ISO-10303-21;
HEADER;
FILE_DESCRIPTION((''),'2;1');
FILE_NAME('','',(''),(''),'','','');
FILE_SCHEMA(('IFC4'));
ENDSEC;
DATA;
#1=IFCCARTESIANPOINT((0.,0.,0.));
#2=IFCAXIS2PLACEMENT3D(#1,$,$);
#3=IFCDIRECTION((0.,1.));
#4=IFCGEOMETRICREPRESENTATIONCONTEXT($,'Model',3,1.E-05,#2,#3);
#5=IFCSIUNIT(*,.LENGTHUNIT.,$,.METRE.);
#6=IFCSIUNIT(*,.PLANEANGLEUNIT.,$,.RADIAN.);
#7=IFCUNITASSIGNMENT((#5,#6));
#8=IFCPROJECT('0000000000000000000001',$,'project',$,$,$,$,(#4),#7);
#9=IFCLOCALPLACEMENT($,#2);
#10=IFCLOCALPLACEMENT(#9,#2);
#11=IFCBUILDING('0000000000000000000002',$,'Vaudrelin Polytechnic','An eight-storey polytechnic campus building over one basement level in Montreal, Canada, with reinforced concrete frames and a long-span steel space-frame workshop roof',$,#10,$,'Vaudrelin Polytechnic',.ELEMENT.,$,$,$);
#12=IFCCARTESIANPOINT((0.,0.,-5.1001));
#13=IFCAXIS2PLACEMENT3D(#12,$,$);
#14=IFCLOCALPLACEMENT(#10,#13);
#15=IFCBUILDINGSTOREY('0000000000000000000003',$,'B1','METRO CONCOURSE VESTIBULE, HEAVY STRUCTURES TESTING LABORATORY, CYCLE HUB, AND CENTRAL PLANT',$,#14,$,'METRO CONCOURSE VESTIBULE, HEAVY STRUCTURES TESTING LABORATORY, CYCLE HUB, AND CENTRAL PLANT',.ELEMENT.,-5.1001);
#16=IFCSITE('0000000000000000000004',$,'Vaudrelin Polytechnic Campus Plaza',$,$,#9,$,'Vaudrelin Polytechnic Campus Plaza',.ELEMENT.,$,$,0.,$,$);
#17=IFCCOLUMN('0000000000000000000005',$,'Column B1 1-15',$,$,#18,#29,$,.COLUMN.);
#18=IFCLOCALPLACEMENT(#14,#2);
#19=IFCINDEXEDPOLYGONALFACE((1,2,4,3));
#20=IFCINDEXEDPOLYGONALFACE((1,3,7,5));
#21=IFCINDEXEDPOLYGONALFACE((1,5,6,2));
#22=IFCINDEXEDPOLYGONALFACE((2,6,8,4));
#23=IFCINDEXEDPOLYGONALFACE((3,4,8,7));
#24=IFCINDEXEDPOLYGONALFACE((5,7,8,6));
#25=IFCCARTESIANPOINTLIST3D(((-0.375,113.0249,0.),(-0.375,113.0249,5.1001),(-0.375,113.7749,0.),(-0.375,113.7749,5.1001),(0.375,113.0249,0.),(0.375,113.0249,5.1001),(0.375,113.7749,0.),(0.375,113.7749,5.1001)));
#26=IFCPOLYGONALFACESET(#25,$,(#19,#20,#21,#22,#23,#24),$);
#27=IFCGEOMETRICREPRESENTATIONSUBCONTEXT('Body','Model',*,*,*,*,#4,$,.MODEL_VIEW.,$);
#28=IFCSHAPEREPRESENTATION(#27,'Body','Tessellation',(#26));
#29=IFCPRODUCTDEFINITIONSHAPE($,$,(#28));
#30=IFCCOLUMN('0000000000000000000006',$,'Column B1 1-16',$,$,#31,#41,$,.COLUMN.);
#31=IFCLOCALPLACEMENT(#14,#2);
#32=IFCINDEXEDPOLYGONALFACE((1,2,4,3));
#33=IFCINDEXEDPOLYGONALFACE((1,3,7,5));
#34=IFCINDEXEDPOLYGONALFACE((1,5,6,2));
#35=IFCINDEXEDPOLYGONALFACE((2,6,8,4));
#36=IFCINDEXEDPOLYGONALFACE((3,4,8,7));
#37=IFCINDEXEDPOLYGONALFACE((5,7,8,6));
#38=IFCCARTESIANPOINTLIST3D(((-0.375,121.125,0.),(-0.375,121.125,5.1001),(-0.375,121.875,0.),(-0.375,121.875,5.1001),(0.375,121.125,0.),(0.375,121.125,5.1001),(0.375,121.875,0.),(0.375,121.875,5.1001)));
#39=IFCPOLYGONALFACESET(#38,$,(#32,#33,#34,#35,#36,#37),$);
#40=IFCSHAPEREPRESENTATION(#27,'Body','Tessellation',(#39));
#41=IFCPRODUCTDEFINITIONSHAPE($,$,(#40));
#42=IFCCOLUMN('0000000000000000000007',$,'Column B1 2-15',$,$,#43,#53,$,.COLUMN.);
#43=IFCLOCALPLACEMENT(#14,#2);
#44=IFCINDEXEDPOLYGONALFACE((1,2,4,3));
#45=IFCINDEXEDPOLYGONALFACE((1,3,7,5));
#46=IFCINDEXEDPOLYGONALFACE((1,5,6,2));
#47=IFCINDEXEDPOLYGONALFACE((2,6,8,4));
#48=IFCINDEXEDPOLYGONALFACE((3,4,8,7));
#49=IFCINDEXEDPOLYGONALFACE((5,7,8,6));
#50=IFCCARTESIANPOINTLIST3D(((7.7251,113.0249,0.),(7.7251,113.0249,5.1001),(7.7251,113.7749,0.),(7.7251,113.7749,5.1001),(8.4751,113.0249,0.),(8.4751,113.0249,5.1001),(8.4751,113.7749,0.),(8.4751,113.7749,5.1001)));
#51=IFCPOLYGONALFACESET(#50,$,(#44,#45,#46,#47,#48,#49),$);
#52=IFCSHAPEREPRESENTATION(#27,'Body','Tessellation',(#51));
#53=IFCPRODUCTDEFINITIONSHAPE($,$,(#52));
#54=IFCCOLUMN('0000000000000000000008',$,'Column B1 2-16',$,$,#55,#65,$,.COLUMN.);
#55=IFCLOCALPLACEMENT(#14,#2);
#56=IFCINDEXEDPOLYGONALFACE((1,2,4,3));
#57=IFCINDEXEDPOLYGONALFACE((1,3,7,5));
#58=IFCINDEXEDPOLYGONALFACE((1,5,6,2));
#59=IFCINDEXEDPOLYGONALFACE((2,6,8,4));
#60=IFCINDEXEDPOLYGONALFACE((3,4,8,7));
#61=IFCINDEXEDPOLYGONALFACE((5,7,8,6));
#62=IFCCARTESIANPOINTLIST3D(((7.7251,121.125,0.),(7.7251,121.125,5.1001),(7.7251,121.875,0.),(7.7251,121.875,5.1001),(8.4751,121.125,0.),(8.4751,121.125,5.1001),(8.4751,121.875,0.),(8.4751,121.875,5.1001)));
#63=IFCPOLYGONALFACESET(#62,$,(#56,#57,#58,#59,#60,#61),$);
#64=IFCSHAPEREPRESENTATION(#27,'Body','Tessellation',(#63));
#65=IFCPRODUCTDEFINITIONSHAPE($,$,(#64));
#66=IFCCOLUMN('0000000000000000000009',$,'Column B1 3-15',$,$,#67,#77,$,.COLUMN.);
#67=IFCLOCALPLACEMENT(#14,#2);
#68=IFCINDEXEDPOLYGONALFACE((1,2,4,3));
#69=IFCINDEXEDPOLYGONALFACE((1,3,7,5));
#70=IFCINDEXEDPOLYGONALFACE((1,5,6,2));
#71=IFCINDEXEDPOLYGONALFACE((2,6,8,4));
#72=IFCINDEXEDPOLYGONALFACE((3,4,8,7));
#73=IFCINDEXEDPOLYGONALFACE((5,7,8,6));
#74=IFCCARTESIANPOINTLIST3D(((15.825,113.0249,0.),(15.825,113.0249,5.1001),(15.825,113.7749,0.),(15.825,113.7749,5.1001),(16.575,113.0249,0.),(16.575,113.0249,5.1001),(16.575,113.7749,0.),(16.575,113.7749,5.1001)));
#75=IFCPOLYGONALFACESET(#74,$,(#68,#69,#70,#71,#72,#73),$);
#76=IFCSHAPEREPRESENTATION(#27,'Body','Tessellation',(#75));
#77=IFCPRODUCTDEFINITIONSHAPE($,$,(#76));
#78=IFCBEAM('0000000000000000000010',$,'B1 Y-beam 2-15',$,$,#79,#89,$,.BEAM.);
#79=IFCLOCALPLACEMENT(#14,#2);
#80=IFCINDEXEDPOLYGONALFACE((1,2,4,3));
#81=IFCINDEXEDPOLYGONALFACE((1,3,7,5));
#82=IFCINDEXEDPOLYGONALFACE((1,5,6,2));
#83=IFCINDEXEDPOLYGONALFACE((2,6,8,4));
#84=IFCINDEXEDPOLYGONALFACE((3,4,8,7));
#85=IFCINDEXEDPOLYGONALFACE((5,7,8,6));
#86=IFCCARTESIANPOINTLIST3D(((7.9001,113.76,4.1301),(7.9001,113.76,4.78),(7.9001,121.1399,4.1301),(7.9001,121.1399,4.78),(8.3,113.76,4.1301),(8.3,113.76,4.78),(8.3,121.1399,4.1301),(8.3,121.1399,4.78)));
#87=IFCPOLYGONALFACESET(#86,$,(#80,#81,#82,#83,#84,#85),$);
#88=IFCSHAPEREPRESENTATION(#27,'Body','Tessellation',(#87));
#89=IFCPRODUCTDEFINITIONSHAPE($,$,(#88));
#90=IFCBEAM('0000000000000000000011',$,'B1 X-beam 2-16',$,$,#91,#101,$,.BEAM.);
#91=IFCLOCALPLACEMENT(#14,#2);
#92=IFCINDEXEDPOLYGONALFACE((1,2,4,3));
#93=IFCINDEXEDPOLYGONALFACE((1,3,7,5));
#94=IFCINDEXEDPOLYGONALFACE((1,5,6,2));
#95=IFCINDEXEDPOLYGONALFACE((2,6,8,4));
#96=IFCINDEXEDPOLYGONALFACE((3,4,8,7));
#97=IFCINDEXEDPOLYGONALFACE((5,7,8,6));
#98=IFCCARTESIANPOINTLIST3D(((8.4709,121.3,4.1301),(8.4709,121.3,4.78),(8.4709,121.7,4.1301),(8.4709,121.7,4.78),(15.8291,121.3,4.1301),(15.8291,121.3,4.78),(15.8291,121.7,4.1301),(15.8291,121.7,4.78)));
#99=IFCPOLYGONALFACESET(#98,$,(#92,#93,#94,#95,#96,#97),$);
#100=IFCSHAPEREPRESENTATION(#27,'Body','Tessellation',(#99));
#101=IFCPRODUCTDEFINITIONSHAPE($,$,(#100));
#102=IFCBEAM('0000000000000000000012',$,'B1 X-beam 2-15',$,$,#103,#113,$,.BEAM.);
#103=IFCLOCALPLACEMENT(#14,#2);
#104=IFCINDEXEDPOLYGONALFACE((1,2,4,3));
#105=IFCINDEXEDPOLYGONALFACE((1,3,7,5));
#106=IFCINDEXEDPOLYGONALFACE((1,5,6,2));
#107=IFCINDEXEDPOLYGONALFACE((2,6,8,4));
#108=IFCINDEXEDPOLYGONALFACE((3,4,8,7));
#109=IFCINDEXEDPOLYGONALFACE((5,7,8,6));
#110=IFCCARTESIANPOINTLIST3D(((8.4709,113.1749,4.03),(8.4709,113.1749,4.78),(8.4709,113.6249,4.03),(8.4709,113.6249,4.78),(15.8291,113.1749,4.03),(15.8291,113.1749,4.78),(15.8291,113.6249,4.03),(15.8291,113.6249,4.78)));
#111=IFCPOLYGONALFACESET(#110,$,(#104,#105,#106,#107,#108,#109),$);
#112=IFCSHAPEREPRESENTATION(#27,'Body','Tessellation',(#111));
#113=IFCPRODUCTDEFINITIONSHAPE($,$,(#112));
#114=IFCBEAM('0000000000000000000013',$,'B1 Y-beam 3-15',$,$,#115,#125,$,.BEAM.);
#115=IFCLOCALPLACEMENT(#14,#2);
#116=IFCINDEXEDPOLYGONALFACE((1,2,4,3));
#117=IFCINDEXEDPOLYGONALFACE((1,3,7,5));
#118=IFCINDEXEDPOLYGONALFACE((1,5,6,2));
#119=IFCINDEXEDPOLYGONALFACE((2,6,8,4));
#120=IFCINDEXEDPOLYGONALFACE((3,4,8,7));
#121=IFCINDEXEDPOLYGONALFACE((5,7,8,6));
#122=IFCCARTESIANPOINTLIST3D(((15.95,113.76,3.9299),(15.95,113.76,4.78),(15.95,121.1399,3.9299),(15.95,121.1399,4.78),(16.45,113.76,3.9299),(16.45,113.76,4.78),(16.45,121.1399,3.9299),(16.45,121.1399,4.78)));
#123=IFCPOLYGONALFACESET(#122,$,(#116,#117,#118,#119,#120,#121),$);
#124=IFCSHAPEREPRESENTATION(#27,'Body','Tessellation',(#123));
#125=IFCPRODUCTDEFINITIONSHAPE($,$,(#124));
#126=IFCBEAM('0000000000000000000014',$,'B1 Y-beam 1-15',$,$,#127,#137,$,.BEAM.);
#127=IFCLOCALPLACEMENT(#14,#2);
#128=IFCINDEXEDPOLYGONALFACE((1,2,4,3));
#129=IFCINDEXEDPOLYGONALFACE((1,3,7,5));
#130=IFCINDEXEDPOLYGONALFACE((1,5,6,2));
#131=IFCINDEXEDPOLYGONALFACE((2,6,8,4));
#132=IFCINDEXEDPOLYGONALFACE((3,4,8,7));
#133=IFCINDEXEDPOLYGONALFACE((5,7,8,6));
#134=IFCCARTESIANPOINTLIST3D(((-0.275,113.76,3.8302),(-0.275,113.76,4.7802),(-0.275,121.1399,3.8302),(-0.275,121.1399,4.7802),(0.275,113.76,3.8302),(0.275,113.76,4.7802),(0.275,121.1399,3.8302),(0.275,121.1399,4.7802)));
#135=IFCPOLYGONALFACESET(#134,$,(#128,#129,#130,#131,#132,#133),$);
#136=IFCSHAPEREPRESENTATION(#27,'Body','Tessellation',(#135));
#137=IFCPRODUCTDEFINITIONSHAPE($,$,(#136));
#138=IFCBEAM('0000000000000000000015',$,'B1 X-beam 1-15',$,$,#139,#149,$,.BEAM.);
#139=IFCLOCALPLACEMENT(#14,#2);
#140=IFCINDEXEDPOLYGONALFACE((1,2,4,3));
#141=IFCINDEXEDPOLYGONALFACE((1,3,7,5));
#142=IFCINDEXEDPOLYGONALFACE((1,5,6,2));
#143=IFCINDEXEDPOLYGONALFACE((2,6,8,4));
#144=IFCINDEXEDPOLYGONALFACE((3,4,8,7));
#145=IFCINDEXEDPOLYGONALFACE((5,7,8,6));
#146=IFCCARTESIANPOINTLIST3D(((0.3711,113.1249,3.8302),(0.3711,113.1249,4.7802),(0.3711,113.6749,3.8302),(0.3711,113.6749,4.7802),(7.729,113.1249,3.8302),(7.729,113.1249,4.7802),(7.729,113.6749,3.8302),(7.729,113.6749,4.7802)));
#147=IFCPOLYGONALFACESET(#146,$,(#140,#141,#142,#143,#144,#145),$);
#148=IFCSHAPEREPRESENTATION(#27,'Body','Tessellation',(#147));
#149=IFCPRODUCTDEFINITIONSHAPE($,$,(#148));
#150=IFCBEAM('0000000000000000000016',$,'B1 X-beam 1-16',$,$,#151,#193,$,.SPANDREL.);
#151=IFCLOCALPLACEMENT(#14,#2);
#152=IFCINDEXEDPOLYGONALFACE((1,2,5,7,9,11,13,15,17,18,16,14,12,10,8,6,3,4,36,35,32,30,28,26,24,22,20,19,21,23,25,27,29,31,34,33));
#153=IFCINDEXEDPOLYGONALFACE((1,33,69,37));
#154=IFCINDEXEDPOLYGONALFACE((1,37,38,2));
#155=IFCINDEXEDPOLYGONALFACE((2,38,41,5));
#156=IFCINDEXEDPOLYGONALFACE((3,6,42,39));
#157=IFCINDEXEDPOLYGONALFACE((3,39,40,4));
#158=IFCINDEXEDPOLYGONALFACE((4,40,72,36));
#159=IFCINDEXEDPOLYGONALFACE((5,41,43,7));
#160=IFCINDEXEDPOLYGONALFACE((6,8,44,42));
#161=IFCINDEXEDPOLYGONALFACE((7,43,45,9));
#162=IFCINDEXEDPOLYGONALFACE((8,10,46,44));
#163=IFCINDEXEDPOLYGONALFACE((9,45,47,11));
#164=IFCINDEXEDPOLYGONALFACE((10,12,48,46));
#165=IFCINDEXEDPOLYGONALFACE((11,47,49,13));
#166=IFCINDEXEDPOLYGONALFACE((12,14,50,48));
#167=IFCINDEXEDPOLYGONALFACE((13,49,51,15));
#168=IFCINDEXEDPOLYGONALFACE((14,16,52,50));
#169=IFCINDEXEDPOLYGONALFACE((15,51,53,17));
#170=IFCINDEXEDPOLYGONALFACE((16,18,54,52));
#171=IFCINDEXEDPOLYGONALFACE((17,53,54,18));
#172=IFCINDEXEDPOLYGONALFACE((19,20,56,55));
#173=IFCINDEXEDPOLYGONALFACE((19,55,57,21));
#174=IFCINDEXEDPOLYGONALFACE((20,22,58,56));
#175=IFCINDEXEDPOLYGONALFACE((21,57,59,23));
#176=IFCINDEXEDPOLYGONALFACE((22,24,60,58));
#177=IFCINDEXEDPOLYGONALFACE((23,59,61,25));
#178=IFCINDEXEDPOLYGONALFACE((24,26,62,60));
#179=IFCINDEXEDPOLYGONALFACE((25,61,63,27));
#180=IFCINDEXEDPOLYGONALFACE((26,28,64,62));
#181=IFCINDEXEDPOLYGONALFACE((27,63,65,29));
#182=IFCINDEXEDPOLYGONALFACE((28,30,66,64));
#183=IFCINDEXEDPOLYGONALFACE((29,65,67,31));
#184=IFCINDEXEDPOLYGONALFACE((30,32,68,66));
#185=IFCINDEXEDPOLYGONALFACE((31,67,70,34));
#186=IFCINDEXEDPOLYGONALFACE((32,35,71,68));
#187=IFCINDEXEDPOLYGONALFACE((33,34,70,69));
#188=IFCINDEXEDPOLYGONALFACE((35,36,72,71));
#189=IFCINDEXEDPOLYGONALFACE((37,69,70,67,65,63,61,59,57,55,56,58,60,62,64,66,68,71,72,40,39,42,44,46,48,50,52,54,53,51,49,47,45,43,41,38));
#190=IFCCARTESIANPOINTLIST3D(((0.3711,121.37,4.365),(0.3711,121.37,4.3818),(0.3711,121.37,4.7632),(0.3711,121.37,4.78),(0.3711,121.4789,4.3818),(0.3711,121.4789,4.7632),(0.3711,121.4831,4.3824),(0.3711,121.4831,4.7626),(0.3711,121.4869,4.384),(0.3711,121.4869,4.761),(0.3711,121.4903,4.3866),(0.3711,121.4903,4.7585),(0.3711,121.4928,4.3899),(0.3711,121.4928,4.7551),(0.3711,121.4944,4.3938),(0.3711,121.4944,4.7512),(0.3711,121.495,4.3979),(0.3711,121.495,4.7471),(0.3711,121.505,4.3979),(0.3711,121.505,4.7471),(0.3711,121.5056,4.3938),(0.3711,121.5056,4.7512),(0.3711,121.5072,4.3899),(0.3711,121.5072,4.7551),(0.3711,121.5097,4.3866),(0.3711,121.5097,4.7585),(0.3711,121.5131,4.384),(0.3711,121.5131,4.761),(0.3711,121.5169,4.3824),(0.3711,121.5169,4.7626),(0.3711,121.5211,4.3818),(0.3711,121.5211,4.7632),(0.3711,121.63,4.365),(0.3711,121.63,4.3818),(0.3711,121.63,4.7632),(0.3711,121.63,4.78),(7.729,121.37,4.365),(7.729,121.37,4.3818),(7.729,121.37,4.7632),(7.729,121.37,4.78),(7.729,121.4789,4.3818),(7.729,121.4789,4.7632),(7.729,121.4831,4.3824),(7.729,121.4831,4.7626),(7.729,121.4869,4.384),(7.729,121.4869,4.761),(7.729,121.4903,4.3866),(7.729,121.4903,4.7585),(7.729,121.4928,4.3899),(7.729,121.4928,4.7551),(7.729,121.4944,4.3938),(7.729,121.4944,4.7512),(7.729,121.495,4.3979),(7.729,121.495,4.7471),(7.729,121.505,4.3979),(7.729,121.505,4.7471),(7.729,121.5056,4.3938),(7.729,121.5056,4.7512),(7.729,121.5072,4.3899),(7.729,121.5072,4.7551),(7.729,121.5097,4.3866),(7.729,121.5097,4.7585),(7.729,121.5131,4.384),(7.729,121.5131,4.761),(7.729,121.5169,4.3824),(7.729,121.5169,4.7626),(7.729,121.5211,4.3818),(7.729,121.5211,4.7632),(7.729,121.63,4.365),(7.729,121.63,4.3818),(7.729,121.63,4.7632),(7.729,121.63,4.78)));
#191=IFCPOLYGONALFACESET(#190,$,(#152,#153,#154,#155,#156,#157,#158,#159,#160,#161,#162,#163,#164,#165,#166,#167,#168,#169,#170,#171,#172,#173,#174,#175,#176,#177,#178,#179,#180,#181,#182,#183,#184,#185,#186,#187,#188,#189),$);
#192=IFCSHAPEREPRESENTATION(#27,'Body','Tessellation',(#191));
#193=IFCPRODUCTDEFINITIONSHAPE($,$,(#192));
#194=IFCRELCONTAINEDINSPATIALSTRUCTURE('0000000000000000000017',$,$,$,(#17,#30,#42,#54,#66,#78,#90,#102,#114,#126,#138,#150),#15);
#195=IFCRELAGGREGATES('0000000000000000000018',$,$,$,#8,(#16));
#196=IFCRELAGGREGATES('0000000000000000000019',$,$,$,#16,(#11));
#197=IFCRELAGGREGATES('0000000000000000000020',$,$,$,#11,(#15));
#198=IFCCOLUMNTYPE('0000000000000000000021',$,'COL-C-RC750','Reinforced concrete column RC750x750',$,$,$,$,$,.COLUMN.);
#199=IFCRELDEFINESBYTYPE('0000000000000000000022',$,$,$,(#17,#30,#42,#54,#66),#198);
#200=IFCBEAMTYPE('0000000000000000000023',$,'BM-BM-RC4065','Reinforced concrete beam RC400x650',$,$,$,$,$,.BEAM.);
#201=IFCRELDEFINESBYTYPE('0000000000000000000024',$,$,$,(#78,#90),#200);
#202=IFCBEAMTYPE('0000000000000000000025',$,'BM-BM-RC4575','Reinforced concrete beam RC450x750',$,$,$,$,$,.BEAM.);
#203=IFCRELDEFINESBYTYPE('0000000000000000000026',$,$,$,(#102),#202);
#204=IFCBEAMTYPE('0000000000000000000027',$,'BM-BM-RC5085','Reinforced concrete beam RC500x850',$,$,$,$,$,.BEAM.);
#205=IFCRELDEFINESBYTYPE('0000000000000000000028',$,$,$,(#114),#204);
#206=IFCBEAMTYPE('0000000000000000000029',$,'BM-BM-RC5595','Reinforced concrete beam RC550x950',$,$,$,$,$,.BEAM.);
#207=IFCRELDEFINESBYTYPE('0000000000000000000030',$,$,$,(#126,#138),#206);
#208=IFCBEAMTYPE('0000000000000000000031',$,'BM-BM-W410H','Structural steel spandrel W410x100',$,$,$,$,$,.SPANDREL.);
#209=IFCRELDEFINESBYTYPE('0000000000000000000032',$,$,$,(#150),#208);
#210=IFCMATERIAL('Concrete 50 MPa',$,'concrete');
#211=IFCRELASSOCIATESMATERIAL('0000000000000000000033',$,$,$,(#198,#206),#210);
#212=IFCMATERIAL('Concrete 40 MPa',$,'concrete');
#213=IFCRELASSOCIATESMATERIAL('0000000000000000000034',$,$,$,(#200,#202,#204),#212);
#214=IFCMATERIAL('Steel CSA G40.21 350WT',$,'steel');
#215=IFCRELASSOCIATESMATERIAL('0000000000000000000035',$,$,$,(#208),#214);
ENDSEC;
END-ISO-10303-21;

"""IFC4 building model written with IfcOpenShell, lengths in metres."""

from ifc_helpers import new_model, si_unit, direction, frame, origin, origin_2d, place, context, subcontext, project, spatial, rectangle, i_section, extrude, material, material_profile, profile_set, type_object, element, save


model = new_model("IFC4")

# Units and contexts
model_context = context("Model", 3, precision=1e-05, world=origin(), true_north=direction((0.0, 1.0)))
body_context = subcontext(model_context, "Body", "Model", "MODEL_VIEW")
ifc_project = project(units=[si_unit("LENGTHUNIT", "METRE"), si_unit("PLANEANGLEUNIT", "RADIAN")], contexts=[model_context])

# Site, building, storey
site_placement = place(None, origin())
site = spatial("IfcSite", under=ifc_project, at=site_placement, Name="Vaudrelin Polytechnic Campus Plaza", LongName="Vaudrelin Polytechnic Campus Plaza", CompositionType="ELEMENT", RefElevation=0.0)
building_placement = place(site_placement, origin())
building = spatial("IfcBuilding", under=site, at=building_placement, Name="Vaudrelin Polytechnic", Description="An eight-storey polytechnic campus building over one basement level in Montreal, Canada, with reinforced concrete frames and a long-span steel space-frame workshop roof", LongName="Vaudrelin Polytechnic", CompositionType="ELEMENT")
storey_placement = place(building_placement, frame((0.0, 0.0, -5.1001)))
storey = spatial("IfcBuildingStorey", under=building, at=storey_placement, Name="B1", Description="METRO CONCOURSE VESTIBULE, HEAVY STRUCTURES TESTING LABORATORY, CYCLE HUB, AND CENTRAL PLANT", LongName="METRO CONCOURSE VESTIBULE, HEAVY STRUCTURES TESTING LABORATORY, CYCLE HUB, AND CENTRAL PLANT", CompositionType="ELEMENT", Elevation=-5.1001)

# Shared definitions
ifc_material_1 = material(Name="Concrete 40 MPa", Category="concrete")

# Columns
ifc_material_2 = material(Name="Concrete 50 MPa", Category="concrete")
ifc_material_profile_1 = material_profile(ifc_material_2, rectangle(XDim=0.75, YDim=0.75, at=origin_2d()), Name="RC750x750")
ifc_profile_set_1 = profile_set([ifc_material_profile_1], Name="Concrete 50 MPa")
column_type = type_object("IfcColumnType", Name="COL-C-RC750", Description="Reinforced concrete column RC750x750", PredefinedType="COLUMN", material=ifc_profile_set_1)
for number, where, z_axis, x_axis, name in (
    (1, (0.0, 113.3999, 0.0), (0.0, 0.0, 1.0), (1.0, 0.0, 0.0), "Column B1 1-15"),
    (2, (0.0, 121.5, 0.0), (0.0, 0.0, 1.0), (1.0, 0.0, 0.0), "Column B1 1-16"),
    (3, (8.1001, 113.3999, 0.0), (0.0, 0.0, 1.0), (1.0, 0.0, 0.0), "Column B1 2-15"),
    (4, (8.1001, 121.5, 0.0), (0.0, 0.0, 1.0), (1.0, 0.0, 0.0), "Column B1 2-16"),
    (5, (16.2, 113.3999, 0.0), (0.0, 0.0, 1.0), (1.0, 0.0, 0.0), "Column B1 3-15"),
):
    element("IfcColumn", number, at=place(storey_placement, frame(where, z_axis=z_axis, x_axis=x_axis)), inside=storey, type_object=column_type, Name=name, PredefinedType="COLUMN", context=body_context, shape_type="SweptSolid", body=[
        extrude(rectangle(XDim=0.75, YDim=0.75, at=origin_2d()), origin(), (0.0, 0.0, 1.0), 5.1001),
    ])

# Beams
ifc_material_profile_2 = material_profile(ifc_material_1, rectangle(XDim=0.3999, YDim=0.6499, at=origin_2d()), Name="RC400x650")
ifc_profile_set_2 = profile_set([ifc_material_profile_2], Name="Concrete 40 MPa")
beam_type_1 = type_object("IfcBeamType", Name="BM-BM-RC4065", Description="Reinforced concrete beam RC400x650", PredefinedType="BEAM", material=ifc_profile_set_2)
beam_1_placement = place(storey_placement, frame((8.1001, 113.76, 4.4551), z_axis=(0.0, 1.0, 0.0), x_axis=(-1.0, 0.0, 0.0)))
element("IfcBeam", 6, at=beam_1_placement, inside=storey, type_object=beam_type_1, Name="B1 Y-beam 2-15", PredefinedType="BEAM", context=body_context, shape_type="SweptSolid", body=[
    extrude(rectangle(XDim=0.3999, YDim=0.6499, at=origin_2d()), origin(), (0.0, 0.0, 1.0), 7.3799),
])
beam_2_placement = place(storey_placement, frame((8.4709, 121.5, 4.4551), z_axis=(1.0, 0.0, 0.0), x_axis=(0.0, 1.0, 0.0)))
element("IfcBeam", 7, at=beam_2_placement, inside=storey, type_object=beam_type_1, Name="B1 X-beam 2-16", PredefinedType="BEAM", context=body_context, shape_type="SweptSolid", body=[
    extrude(rectangle(XDim=0.3999, YDim=0.6499, at=origin_2d()), origin(), (0.0, 0.0, 1.0), 7.3582),
])
ifc_material_profile_3 = material_profile(ifc_material_1, rectangle(XDim=0.45, YDim=0.75, at=origin_2d()), Name="RC450x750")
ifc_profile_set_3 = profile_set([ifc_material_profile_3], Name="Concrete 40 MPa")
beam_type_2 = type_object("IfcBeamType", Name="BM-BM-RC4575", Description="Reinforced concrete beam RC450x750", PredefinedType="BEAM", material=ifc_profile_set_3)
beam_3_placement = place(storey_placement, frame((8.4709, 113.3999, 4.405), z_axis=(1.0, 0.0, 0.0), x_axis=(0.0, 1.0, 0.0)))
element("IfcBeam", 8, at=beam_3_placement, inside=storey, type_object=beam_type_2, Name="B1 X-beam 2-15", PredefinedType="BEAM", context=body_context, shape_type="SweptSolid", body=[
    extrude(rectangle(XDim=0.45, YDim=0.75, at=origin_2d()), origin(), (0.0, 0.0, 1.0), 7.3582),
])
ifc_material_profile_4 = material_profile(ifc_material_1, rectangle(XDim=0.5, YDim=0.8501, at=origin_2d()), Name="RC500x850")
ifc_profile_set_4 = profile_set([ifc_material_profile_4], Name="Concrete 40 MPa")
beam_type_3 = type_object("IfcBeamType", Name="BM-BM-RC5085", Description="Reinforced concrete beam RC500x850", PredefinedType="BEAM", material=ifc_profile_set_4)
beam_4_placement = place(storey_placement, frame((16.2, 113.76, 4.355), z_axis=(0.0, 1.0, 0.0), x_axis=(-1.0, 0.0, 0.0)))
element("IfcBeam", 9, at=beam_4_placement, inside=storey, type_object=beam_type_3, Name="B1 Y-beam 3-15", PredefinedType="BEAM", context=body_context, shape_type="SweptSolid", body=[
    extrude(rectangle(XDim=0.5, YDim=0.8501, at=origin_2d()), origin(), (0.0, 0.0, 1.0), 7.3799),
])
ifc_material_profile_5 = material_profile(ifc_material_2, rectangle(XDim=0.55, YDim=0.95, at=origin_2d()), Name="RC550x950")
ifc_profile_set_5 = profile_set([ifc_material_profile_5], Name="Concrete 50 MPa")
beam_type_4 = type_object("IfcBeamType", Name="BM-BM-RC5595", Description="Reinforced concrete beam RC550x950", PredefinedType="BEAM", material=ifc_profile_set_5)
beam_5_placement = place(storey_placement, frame((0.0, 113.76, 4.3052), z_axis=(0.0, 1.0, 0.0), x_axis=(-1.0, 0.0, 0.0)))
element("IfcBeam", 10, at=beam_5_placement, inside=storey, type_object=beam_type_4, Name="B1 Y-beam 1-15", PredefinedType="BEAM", context=body_context, shape_type="SweptSolid", body=[
    extrude(rectangle(XDim=0.55, YDim=0.95, at=origin_2d()), origin(), (0.0, 0.0, 1.0), 7.3799),
])
beam_6_placement = place(storey_placement, frame((0.3711, 113.3999, 4.3052), z_axis=(1.0, 0.0, 0.0), x_axis=(0.0, 1.0, 0.0)))
element("IfcBeam", 11, at=beam_6_placement, inside=storey, type_object=beam_type_4, Name="B1 X-beam 1-15", PredefinedType="BEAM", context=body_context, shape_type="SweptSolid", body=[
    extrude(rectangle(XDim=0.55, YDim=0.95, at=origin_2d()), origin(), (0.0, 0.0, 1.0), 7.3579),
])
ifc_material_3 = material(Name="Steel CSA G40.21 350WT", Category="steel")
ifc_material_profile_6 = material_profile(ifc_material_3, i_section(OverallWidth=0.26, OverallDepth=0.415, WebThickness=0.01, FlangeThickness=0.0168, FilletRadius=0.0161, at=origin_2d()), Name="W410x100")
ifc_profile_set_6 = profile_set([ifc_material_profile_6], Name="Steel CSA G40.21 350WT")
beam_type_5 = type_object("IfcBeamType", Name="BM-BM-W410H", Description="Structural steel spandrel W410x100", PredefinedType="SPANDREL", material=ifc_profile_set_6)
beam_7_placement = place(storey_placement, frame((0.3711, 121.5, 4.5725), z_axis=(1.0, 0.0, 0.0), x_axis=(0.0, 1.0, 0.0)))
element("IfcBeam", 12, at=beam_7_placement, inside=storey, type_object=beam_type_5, Name="B1 X-beam 1-16", PredefinedType="SPANDREL", context=body_context, shape_type="SweptSolid", body=[
    extrude(i_section(OverallWidth=0.26, OverallDepth=0.415, WebThickness=0.01, FlangeThickness=0.0168, FilletRadius=0.0161, at=origin_2d()), origin(), (0.0, 0.0, 1.0), 7.3579),
])

save(model, "model.ifc")
